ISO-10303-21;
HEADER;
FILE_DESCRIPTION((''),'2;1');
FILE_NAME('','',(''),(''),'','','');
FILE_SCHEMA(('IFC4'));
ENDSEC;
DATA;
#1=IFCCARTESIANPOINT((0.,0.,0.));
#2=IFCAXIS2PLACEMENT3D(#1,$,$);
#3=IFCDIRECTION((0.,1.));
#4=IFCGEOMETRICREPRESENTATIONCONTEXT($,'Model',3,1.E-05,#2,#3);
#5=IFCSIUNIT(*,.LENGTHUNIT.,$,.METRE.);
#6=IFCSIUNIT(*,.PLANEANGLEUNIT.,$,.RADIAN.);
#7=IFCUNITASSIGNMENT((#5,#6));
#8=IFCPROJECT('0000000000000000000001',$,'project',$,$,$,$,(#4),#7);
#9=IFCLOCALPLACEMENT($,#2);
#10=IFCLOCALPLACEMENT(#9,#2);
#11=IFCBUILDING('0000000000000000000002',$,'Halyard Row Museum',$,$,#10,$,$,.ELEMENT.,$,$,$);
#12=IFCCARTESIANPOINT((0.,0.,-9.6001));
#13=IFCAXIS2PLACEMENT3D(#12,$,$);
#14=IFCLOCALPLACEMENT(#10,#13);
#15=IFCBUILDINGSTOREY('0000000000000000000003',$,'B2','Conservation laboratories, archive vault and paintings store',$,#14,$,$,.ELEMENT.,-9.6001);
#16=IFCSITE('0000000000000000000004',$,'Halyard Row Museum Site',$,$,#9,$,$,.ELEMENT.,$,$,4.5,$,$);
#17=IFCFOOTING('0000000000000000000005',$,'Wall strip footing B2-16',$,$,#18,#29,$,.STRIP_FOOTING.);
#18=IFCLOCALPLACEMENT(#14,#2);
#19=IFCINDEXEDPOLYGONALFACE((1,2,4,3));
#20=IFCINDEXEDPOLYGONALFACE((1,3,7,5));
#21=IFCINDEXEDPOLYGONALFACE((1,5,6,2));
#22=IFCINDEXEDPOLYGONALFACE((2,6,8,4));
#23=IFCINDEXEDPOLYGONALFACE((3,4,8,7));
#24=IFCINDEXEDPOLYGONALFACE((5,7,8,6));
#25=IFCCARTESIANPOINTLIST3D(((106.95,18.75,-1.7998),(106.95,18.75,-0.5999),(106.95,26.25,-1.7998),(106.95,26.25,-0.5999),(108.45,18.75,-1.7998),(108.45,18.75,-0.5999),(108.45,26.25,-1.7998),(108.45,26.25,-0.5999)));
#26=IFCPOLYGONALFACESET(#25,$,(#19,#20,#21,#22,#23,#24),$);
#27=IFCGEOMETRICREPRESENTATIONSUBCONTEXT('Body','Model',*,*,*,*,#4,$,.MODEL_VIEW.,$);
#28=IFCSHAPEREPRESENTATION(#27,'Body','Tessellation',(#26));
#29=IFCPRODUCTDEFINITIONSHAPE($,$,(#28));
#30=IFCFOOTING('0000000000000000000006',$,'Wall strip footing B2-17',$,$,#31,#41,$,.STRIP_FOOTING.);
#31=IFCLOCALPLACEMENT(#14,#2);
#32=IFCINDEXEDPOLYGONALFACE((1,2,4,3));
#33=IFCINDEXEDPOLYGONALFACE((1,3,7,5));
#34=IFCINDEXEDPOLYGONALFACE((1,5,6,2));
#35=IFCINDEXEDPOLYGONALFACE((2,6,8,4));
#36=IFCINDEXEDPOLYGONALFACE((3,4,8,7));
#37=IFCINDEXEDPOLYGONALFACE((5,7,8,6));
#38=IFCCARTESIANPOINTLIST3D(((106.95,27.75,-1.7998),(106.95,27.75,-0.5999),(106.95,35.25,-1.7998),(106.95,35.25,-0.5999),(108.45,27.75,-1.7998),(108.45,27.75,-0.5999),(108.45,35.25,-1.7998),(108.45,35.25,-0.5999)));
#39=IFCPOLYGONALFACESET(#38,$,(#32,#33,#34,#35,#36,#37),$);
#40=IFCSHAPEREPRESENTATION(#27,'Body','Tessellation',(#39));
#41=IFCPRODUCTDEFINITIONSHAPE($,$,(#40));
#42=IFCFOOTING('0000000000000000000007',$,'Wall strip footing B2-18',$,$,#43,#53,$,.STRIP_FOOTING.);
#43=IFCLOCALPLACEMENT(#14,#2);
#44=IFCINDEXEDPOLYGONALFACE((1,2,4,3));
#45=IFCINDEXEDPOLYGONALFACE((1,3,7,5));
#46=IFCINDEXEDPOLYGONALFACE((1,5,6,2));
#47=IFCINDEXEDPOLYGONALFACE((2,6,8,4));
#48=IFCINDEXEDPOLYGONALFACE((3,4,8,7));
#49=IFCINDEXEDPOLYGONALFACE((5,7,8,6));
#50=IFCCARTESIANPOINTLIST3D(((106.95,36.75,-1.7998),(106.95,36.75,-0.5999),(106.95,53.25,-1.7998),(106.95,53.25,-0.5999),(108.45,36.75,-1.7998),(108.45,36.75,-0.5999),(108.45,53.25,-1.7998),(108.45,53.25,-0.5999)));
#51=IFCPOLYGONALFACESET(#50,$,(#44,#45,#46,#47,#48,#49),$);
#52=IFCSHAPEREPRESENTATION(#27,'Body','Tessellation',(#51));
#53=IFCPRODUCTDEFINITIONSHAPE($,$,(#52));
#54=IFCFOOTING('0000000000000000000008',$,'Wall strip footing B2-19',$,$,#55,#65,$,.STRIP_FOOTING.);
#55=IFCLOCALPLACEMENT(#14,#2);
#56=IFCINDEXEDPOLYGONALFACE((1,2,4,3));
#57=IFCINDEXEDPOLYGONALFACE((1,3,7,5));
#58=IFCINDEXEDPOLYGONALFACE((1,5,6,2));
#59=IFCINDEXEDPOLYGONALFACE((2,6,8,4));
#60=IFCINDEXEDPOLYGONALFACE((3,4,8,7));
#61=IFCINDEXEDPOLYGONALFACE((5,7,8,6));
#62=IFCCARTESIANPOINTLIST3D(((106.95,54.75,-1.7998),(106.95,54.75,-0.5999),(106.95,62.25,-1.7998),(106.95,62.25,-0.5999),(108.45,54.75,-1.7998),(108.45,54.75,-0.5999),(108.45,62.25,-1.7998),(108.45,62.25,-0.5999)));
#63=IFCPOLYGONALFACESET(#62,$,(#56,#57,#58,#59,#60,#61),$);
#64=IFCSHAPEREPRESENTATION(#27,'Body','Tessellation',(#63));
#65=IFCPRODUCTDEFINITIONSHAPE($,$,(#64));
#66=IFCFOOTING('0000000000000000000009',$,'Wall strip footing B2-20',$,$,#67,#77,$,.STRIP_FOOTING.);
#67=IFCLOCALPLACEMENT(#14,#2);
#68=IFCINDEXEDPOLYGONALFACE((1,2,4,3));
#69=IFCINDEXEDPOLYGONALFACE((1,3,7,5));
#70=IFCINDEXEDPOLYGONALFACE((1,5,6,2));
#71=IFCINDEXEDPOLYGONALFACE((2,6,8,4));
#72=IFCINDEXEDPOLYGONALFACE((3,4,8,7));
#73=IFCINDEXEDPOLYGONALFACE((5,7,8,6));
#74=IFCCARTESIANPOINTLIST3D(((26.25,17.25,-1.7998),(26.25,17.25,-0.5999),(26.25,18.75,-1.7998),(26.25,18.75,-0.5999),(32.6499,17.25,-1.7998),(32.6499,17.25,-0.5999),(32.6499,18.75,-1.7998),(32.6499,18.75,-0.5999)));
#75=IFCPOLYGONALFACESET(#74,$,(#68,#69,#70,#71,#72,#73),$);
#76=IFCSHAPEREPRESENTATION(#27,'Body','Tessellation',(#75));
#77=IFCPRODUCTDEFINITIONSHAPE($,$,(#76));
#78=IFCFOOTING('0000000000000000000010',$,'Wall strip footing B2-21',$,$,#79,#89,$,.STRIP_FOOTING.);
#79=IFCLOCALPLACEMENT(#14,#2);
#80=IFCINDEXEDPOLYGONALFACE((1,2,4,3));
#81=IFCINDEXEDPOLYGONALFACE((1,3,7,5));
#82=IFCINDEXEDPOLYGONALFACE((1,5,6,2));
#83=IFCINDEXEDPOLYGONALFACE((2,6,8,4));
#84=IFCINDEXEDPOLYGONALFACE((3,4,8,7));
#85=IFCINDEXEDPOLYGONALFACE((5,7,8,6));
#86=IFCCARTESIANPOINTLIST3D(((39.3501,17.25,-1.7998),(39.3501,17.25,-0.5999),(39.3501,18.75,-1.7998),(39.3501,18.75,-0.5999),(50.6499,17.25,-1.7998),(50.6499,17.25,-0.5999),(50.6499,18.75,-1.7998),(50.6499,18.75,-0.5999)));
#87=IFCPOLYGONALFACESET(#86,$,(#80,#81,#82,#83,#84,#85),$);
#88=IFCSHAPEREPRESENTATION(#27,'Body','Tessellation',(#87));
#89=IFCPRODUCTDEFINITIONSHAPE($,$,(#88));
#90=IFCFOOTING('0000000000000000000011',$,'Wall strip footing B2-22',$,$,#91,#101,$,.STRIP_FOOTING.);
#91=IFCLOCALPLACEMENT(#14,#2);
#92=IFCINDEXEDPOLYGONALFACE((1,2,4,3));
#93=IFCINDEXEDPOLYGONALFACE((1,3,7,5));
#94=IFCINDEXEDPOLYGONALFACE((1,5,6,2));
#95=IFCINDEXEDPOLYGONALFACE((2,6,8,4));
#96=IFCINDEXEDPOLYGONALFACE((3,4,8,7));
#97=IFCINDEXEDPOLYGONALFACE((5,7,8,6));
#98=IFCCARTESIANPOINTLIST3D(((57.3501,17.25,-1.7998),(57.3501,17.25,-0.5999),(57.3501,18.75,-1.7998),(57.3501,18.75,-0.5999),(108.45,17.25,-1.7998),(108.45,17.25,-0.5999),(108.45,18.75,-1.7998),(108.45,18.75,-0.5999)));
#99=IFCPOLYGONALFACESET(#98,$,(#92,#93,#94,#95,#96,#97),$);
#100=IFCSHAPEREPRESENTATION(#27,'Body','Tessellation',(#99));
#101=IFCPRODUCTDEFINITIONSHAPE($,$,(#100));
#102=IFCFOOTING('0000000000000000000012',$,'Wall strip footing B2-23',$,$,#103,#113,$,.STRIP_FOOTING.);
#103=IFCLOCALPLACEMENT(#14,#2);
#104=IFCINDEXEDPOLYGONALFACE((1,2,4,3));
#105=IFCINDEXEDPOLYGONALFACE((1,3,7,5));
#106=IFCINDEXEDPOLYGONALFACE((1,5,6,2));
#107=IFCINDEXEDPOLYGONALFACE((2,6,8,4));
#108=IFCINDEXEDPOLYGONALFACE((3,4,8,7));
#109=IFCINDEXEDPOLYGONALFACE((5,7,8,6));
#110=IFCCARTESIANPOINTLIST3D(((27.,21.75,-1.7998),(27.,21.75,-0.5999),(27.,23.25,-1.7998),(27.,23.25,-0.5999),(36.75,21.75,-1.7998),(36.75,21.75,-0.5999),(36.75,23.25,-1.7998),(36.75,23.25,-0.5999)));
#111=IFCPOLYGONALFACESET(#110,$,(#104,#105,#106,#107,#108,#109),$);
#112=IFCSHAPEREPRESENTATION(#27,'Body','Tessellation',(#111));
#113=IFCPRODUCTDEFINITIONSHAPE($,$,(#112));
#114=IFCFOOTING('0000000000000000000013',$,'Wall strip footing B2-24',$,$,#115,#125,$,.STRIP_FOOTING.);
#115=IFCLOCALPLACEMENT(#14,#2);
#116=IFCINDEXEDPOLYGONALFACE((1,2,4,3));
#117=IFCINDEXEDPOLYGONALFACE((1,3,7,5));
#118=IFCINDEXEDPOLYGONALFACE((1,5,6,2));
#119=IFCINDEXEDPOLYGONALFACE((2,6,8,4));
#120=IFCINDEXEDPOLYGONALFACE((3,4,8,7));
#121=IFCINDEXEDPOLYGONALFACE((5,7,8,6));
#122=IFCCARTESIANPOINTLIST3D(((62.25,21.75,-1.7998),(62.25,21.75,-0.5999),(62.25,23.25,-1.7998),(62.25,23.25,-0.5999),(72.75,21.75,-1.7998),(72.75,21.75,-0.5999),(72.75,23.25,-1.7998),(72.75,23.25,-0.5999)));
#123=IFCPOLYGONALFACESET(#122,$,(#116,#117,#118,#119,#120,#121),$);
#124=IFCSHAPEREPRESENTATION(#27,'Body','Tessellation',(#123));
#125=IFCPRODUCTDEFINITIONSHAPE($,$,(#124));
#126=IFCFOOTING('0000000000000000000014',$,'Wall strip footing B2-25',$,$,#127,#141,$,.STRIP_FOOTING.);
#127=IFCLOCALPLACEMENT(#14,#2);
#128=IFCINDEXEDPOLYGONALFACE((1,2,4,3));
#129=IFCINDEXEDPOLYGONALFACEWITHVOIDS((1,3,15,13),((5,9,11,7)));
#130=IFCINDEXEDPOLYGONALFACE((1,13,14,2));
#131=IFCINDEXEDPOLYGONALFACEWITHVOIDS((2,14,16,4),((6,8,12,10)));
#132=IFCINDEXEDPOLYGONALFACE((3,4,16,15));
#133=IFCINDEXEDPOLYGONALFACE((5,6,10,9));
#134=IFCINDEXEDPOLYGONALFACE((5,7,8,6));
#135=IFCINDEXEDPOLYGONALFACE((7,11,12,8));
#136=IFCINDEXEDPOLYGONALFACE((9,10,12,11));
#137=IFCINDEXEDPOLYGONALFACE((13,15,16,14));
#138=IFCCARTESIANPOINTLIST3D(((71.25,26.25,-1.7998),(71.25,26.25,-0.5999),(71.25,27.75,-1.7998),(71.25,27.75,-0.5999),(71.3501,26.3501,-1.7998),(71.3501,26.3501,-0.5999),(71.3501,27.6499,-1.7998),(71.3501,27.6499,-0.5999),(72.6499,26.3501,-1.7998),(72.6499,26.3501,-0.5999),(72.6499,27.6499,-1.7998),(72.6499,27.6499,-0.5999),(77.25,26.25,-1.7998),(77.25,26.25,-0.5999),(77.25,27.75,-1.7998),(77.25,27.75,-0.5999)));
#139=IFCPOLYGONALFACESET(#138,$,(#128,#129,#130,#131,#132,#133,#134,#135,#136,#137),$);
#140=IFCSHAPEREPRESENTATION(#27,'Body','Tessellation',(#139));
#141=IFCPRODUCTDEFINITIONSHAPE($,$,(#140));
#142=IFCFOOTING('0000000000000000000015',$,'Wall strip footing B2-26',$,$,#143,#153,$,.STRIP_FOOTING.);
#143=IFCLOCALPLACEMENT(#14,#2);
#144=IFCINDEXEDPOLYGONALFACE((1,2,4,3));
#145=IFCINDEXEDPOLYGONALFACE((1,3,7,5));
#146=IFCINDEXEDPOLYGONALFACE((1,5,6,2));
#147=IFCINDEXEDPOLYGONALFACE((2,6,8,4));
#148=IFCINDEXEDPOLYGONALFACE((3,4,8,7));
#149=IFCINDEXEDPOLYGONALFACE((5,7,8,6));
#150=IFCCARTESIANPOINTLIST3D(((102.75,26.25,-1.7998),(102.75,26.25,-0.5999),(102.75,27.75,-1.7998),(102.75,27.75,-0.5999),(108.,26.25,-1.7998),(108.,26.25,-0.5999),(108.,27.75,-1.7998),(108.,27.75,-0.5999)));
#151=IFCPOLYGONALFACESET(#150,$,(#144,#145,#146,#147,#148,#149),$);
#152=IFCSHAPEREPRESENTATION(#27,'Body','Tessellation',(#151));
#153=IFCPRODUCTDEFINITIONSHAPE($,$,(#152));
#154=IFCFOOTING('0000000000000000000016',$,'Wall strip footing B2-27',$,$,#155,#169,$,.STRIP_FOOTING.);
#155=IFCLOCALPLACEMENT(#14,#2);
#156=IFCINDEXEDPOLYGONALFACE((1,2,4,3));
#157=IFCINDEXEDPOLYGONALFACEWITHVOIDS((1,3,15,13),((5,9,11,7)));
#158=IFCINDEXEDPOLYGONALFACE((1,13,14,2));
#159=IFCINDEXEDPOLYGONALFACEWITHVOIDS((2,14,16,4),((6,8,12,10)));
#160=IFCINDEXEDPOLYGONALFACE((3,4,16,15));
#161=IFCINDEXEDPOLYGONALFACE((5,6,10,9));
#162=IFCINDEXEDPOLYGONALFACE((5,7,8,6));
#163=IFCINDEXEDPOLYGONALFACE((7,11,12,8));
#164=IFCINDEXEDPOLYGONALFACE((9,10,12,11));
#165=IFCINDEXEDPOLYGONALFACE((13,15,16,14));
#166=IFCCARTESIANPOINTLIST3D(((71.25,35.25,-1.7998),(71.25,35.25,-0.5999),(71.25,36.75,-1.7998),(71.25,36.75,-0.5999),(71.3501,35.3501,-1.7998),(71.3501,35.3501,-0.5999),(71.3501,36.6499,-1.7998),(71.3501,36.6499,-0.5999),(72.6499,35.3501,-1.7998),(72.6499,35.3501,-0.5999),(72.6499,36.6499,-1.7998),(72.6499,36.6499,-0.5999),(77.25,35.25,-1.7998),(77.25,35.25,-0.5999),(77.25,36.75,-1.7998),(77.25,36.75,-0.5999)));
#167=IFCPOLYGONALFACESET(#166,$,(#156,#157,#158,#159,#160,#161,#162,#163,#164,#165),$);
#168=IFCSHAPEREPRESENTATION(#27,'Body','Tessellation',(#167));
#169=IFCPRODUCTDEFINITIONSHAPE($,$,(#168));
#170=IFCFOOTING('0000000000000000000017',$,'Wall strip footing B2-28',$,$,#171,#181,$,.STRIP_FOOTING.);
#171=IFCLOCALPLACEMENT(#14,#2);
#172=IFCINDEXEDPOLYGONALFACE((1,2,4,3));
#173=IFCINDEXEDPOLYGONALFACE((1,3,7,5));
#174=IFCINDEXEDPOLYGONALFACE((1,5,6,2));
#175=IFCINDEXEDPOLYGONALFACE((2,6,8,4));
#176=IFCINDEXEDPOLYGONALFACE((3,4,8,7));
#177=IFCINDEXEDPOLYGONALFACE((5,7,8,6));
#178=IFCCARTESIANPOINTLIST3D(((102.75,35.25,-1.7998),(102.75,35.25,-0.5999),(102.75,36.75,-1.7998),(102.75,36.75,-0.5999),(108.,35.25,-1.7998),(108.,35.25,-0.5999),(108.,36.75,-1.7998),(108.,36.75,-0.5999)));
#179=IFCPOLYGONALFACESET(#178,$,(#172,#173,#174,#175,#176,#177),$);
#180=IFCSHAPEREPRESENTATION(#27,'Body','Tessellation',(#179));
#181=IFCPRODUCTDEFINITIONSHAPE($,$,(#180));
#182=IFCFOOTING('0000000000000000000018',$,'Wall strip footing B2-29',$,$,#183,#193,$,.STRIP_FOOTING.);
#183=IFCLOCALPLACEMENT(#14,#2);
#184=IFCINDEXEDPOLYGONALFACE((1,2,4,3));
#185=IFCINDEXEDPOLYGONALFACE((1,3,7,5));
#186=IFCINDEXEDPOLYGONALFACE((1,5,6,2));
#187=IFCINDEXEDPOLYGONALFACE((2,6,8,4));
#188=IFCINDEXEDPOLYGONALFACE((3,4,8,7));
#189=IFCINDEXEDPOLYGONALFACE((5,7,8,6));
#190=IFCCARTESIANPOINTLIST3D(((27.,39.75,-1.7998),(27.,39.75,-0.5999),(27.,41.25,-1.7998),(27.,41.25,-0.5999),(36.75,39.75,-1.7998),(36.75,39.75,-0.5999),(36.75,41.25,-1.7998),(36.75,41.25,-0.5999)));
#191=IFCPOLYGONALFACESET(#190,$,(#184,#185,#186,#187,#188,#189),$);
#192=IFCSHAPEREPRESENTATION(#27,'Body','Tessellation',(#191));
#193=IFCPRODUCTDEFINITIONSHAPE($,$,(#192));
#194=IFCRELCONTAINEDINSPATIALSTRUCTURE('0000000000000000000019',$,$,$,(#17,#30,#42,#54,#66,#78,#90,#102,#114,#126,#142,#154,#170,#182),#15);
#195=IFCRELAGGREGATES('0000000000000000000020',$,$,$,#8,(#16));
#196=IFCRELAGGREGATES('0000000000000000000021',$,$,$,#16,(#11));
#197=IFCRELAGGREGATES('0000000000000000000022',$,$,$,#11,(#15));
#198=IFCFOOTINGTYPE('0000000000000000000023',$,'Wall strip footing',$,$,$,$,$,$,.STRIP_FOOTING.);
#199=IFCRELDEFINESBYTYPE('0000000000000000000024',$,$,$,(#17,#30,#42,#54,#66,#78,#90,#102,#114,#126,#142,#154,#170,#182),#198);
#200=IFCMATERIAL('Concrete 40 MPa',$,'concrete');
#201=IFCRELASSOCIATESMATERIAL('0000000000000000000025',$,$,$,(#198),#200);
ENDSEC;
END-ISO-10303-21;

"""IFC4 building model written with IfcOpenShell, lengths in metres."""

from ifc_helpers import new_model, si_unit, direction, frame, origin, place, context, subcontext, project, spatial, polyline, outline, extrude, material, type_object, element, save


model = new_model("IFC4")

# Units and contexts
model_context = context("Model", 3, precision=1e-05, world=origin(), true_north=direction((0.0, 1.0)))
body_context = subcontext(model_context, "Body", "Model", "MODEL_VIEW")
ifc_project = project(units=[si_unit("LENGTHUNIT", "METRE"), si_unit("PLANEANGLEUNIT", "RADIAN")], contexts=[model_context])

# Site, building, storey
site_placement = place(None, origin())
site = spatial("IfcSite", under=ifc_project, at=site_placement, Name="Halyard Row Museum Site", CompositionType="ELEMENT", RefElevation=4.5)
building_placement = place(site_placement, origin())
building = spatial("IfcBuilding", under=site, at=building_placement, Name="Halyard Row Museum", CompositionType="ELEMENT")
storey_placement = place(building_placement, frame((0.0, 0.0, -9.6001)))
storey = spatial("IfcBuildingStorey", under=building, at=storey_placement, Name="B2", Description="Conservation laboratories, archive vault and paintings store", CompositionType="ELEMENT", Elevation=-9.6001)

# Footings
ifc_material_1 = material(Name="Concrete 40 MPa", Category="concrete")
footing_type_1 = type_object("IfcFootingType", Name="Wall strip footing", PredefinedType="STRIP_FOOTING", material=ifc_material_1)
footing_1_placement = place(storey_placement, frame((0.0, 0.0, -1.7998)))
element("IfcFooting", 1, at=footing_1_placement, inside=storey, type_object=footing_type_1, Name="Wall strip footing B2-16", PredefinedType="STRIP_FOOTING", context=body_context, shape_type="SweptSolid", body=[
    extrude(outline(polyline([(106.95, 18.75), (108.45, 18.75), (108.45, 26.25), (106.95, 26.25), (106.95, 18.75)])), origin(), (0.0, 0.0, 1.0), 1.2),
])
footing_2_placement = place(storey_placement, frame((0.0, 0.0, -1.7998)))
element("IfcFooting", 2, at=footing_2_placement, inside=storey, type_object=footing_type_1, Name="Wall strip footing B2-17", PredefinedType="STRIP_FOOTING", context=body_context, shape_type="SweptSolid", body=[
    extrude(outline(polyline([(106.95, 27.75), (108.45, 27.75), (108.45, 35.25), (106.95, 35.25), (106.95, 27.75)])), origin(), (0.0, 0.0, 1.0), 1.2),
])
footing_3_placement = place(storey_placement, frame((0.0, 0.0, -1.7998)))
element("IfcFooting", 3, at=footing_3_placement, inside=storey, type_object=footing_type_1, Name="Wall strip footing B2-18", PredefinedType="STRIP_FOOTING", context=body_context, shape_type="SweptSolid", body=[
    extrude(outline(polyline([(106.95, 36.75), (108.45, 36.75), (108.45, 53.25), (106.95, 53.25), (106.95, 36.75)])), origin(), (0.0, 0.0, 1.0), 1.2),
])
footing_4_placement = place(storey_placement, frame((0.0, 0.0, -1.7998)))
element("IfcFooting", 4, at=footing_4_placement, inside=storey, type_object=footing_type_1, Name="Wall strip footing B2-19", PredefinedType="STRIP_FOOTING", context=body_context, shape_type="SweptSolid", body=[
    extrude(outline(polyline([(106.95, 54.75), (108.45, 54.75), (108.45, 62.25), (106.95, 62.25), (106.95, 54.75)])), origin(), (0.0, 0.0, 1.0), 1.2),
])
footing_5_placement = place(storey_placement, frame((0.0, 0.0, -1.7998)))
element("IfcFooting", 5, at=footing_5_placement, inside=storey, type_object=footing_type_1, Name="Wall strip footing B2-20", PredefinedType="STRIP_FOOTING", context=body_context, shape_type="SweptSolid", body=[
    extrude(outline(polyline([(26.25, 17.25), (32.6499, 17.25), (32.6499, 18.75), (26.25, 18.75), (26.25, 17.25)])), origin(), (0.0, 0.0, 1.0), 1.2),
])
footing_6_placement = place(storey_placement, frame((0.0, 0.0, -1.7998)))
element("IfcFooting", 6, at=footing_6_placement, inside=storey, type_object=footing_type_1, Name="Wall strip footing B2-21", PredefinedType="STRIP_FOOTING", context=body_context, shape_type="SweptSolid", body=[
    extrude(outline(polyline([(50.6499, 18.75), (39.3501, 18.75), (39.3501, 17.25), (50.6499, 17.25), (50.6499, 18.75)])), origin(), (0.0, 0.0, 1.0), 1.2),
])
footing_7_placement = place(storey_placement, frame((0.0, 0.0, -1.7998)))
element("IfcFooting", 7, at=footing_7_placement, inside=storey, type_object=footing_type_1, Name="Wall strip footing B2-22", PredefinedType="STRIP_FOOTING", context=body_context, shape_type="SweptSolid", body=[
    extrude(outline(polyline([(108.45, 18.75), (57.3501, 18.75), (57.3501, 17.25), (108.45, 17.25), (108.45, 18.75)])), origin(), (0.0, 0.0, 1.0), 1.2),
])
footing_8_placement = place(storey_placement, frame((0.0, 0.0, -1.7998)))
element("IfcFooting", 8, at=footing_8_placement, inside=storey, type_object=footing_type_1, Name="Wall strip footing B2-23", PredefinedType="STRIP_FOOTING", context=body_context, shape_type="SweptSolid", body=[
    extrude(outline(polyline([(27.0, 21.75), (36.75, 21.75), (36.75, 23.25), (27.0, 23.25), (27.0, 21.75)])), origin(), (0.0, 0.0, 1.0), 1.2),
])
footing_9_placement = place(storey_placement, frame((0.0, 0.0, -1.7998)))
element("IfcFooting", 9, at=footing_9_placement, inside=storey, type_object=footing_type_1, Name="Wall strip footing B2-24", PredefinedType="STRIP_FOOTING", context=body_context, shape_type="SweptSolid", body=[
    extrude(outline(polyline([(62.25, 21.75), (72.75, 21.75), (72.75, 23.25), (62.25, 23.25), (62.25, 21.75)])), origin(), (0.0, 0.0, 1.0), 1.2),
])
footing_10_placement = place(storey_placement, frame((0.0, 0.0, -1.7998)))
element("IfcFooting", 10, at=footing_10_placement, inside=storey, type_object=footing_type_1, Name="Wall strip footing B2-25", PredefinedType="STRIP_FOOTING", context=body_context, shape_type="SweptSolid", body=[
    extrude(outline(polyline([(71.25, 26.25), (77.25, 26.25), (77.25, 27.75), (71.25, 27.75), (71.25, 26.25)]), holes=[polyline([(72.6499, 26.3501), (71.3501, 26.3501), (71.3501, 27.6499), (72.6499, 27.6499), (72.6499, 26.3501)])]), origin(), (0.0, 0.0, 1.0), 1.2),
])
footing_11_placement = place(storey_placement, frame((0.0, 0.0, -1.7998)))
element("IfcFooting", 11, at=footing_11_placement, inside=storey, type_object=footing_type_1, Name="Wall strip footing B2-26", PredefinedType="STRIP_FOOTING", context=body_context, shape_type="SweptSolid", body=[
    extrude(outline(polyline([(102.75, 26.25), (108.0, 26.25), (108.0, 27.75), (102.75, 27.75), (102.75, 26.25)])), origin(), (0.0, 0.0, 1.0), 1.2),
])
footing_12_placement = place(storey_placement, frame((0.0, 0.0, -1.7998)))
element("IfcFooting", 12, at=footing_12_placement, inside=storey, type_object=footing_type_1, Name="Wall strip footing B2-27", PredefinedType="STRIP_FOOTING", context=body_context, shape_type="SweptSolid", body=[
    extrude(outline(polyline([(71.25, 35.25), (77.25, 35.25), (77.25, 36.75), (71.25, 36.75), (71.25, 35.25)]), holes=[polyline([(72.6499, 35.3501), (71.3501, 35.3501), (71.3501, 36.6499), (72.6499, 36.6499), (72.6499, 35.3501)])]), origin(), (0.0, 0.0, 1.0), 1.2),
])
footing_13_placement = place(storey_placement, frame((0.0, 0.0, -1.7998)))
element("IfcFooting", 13, at=footing_13_placement, inside=storey, type_object=footing_type_1, Name="Wall strip footing B2-28", PredefinedType="STRIP_FOOTING", context=body_context, shape_type="SweptSolid", body=[
    extrude(outline(polyline([(102.75, 35.25), (108.0, 35.25), (108.0, 36.75), (102.75, 36.75), (102.75, 35.25)])), origin(), (0.0, 0.0, 1.0), 1.2),
])
footing_14_placement = place(storey_placement, frame((0.0, 0.0, -1.7998)))
element("IfcFooting", 14, at=footing_14_placement, inside=storey, type_object=footing_type_1, Name="Wall strip footing B2-29", PredefinedType="STRIP_FOOTING", context=body_context, shape_type="SweptSolid", body=[
    extrude(outline(polyline([(27.0, 39.75), (36.75, 39.75), (36.75, 41.25), (27.0, 41.25), (27.0, 39.75)])), origin(), (0.0, 0.0, 1.0), 1.2),
])

save(model, "model.ifc")
